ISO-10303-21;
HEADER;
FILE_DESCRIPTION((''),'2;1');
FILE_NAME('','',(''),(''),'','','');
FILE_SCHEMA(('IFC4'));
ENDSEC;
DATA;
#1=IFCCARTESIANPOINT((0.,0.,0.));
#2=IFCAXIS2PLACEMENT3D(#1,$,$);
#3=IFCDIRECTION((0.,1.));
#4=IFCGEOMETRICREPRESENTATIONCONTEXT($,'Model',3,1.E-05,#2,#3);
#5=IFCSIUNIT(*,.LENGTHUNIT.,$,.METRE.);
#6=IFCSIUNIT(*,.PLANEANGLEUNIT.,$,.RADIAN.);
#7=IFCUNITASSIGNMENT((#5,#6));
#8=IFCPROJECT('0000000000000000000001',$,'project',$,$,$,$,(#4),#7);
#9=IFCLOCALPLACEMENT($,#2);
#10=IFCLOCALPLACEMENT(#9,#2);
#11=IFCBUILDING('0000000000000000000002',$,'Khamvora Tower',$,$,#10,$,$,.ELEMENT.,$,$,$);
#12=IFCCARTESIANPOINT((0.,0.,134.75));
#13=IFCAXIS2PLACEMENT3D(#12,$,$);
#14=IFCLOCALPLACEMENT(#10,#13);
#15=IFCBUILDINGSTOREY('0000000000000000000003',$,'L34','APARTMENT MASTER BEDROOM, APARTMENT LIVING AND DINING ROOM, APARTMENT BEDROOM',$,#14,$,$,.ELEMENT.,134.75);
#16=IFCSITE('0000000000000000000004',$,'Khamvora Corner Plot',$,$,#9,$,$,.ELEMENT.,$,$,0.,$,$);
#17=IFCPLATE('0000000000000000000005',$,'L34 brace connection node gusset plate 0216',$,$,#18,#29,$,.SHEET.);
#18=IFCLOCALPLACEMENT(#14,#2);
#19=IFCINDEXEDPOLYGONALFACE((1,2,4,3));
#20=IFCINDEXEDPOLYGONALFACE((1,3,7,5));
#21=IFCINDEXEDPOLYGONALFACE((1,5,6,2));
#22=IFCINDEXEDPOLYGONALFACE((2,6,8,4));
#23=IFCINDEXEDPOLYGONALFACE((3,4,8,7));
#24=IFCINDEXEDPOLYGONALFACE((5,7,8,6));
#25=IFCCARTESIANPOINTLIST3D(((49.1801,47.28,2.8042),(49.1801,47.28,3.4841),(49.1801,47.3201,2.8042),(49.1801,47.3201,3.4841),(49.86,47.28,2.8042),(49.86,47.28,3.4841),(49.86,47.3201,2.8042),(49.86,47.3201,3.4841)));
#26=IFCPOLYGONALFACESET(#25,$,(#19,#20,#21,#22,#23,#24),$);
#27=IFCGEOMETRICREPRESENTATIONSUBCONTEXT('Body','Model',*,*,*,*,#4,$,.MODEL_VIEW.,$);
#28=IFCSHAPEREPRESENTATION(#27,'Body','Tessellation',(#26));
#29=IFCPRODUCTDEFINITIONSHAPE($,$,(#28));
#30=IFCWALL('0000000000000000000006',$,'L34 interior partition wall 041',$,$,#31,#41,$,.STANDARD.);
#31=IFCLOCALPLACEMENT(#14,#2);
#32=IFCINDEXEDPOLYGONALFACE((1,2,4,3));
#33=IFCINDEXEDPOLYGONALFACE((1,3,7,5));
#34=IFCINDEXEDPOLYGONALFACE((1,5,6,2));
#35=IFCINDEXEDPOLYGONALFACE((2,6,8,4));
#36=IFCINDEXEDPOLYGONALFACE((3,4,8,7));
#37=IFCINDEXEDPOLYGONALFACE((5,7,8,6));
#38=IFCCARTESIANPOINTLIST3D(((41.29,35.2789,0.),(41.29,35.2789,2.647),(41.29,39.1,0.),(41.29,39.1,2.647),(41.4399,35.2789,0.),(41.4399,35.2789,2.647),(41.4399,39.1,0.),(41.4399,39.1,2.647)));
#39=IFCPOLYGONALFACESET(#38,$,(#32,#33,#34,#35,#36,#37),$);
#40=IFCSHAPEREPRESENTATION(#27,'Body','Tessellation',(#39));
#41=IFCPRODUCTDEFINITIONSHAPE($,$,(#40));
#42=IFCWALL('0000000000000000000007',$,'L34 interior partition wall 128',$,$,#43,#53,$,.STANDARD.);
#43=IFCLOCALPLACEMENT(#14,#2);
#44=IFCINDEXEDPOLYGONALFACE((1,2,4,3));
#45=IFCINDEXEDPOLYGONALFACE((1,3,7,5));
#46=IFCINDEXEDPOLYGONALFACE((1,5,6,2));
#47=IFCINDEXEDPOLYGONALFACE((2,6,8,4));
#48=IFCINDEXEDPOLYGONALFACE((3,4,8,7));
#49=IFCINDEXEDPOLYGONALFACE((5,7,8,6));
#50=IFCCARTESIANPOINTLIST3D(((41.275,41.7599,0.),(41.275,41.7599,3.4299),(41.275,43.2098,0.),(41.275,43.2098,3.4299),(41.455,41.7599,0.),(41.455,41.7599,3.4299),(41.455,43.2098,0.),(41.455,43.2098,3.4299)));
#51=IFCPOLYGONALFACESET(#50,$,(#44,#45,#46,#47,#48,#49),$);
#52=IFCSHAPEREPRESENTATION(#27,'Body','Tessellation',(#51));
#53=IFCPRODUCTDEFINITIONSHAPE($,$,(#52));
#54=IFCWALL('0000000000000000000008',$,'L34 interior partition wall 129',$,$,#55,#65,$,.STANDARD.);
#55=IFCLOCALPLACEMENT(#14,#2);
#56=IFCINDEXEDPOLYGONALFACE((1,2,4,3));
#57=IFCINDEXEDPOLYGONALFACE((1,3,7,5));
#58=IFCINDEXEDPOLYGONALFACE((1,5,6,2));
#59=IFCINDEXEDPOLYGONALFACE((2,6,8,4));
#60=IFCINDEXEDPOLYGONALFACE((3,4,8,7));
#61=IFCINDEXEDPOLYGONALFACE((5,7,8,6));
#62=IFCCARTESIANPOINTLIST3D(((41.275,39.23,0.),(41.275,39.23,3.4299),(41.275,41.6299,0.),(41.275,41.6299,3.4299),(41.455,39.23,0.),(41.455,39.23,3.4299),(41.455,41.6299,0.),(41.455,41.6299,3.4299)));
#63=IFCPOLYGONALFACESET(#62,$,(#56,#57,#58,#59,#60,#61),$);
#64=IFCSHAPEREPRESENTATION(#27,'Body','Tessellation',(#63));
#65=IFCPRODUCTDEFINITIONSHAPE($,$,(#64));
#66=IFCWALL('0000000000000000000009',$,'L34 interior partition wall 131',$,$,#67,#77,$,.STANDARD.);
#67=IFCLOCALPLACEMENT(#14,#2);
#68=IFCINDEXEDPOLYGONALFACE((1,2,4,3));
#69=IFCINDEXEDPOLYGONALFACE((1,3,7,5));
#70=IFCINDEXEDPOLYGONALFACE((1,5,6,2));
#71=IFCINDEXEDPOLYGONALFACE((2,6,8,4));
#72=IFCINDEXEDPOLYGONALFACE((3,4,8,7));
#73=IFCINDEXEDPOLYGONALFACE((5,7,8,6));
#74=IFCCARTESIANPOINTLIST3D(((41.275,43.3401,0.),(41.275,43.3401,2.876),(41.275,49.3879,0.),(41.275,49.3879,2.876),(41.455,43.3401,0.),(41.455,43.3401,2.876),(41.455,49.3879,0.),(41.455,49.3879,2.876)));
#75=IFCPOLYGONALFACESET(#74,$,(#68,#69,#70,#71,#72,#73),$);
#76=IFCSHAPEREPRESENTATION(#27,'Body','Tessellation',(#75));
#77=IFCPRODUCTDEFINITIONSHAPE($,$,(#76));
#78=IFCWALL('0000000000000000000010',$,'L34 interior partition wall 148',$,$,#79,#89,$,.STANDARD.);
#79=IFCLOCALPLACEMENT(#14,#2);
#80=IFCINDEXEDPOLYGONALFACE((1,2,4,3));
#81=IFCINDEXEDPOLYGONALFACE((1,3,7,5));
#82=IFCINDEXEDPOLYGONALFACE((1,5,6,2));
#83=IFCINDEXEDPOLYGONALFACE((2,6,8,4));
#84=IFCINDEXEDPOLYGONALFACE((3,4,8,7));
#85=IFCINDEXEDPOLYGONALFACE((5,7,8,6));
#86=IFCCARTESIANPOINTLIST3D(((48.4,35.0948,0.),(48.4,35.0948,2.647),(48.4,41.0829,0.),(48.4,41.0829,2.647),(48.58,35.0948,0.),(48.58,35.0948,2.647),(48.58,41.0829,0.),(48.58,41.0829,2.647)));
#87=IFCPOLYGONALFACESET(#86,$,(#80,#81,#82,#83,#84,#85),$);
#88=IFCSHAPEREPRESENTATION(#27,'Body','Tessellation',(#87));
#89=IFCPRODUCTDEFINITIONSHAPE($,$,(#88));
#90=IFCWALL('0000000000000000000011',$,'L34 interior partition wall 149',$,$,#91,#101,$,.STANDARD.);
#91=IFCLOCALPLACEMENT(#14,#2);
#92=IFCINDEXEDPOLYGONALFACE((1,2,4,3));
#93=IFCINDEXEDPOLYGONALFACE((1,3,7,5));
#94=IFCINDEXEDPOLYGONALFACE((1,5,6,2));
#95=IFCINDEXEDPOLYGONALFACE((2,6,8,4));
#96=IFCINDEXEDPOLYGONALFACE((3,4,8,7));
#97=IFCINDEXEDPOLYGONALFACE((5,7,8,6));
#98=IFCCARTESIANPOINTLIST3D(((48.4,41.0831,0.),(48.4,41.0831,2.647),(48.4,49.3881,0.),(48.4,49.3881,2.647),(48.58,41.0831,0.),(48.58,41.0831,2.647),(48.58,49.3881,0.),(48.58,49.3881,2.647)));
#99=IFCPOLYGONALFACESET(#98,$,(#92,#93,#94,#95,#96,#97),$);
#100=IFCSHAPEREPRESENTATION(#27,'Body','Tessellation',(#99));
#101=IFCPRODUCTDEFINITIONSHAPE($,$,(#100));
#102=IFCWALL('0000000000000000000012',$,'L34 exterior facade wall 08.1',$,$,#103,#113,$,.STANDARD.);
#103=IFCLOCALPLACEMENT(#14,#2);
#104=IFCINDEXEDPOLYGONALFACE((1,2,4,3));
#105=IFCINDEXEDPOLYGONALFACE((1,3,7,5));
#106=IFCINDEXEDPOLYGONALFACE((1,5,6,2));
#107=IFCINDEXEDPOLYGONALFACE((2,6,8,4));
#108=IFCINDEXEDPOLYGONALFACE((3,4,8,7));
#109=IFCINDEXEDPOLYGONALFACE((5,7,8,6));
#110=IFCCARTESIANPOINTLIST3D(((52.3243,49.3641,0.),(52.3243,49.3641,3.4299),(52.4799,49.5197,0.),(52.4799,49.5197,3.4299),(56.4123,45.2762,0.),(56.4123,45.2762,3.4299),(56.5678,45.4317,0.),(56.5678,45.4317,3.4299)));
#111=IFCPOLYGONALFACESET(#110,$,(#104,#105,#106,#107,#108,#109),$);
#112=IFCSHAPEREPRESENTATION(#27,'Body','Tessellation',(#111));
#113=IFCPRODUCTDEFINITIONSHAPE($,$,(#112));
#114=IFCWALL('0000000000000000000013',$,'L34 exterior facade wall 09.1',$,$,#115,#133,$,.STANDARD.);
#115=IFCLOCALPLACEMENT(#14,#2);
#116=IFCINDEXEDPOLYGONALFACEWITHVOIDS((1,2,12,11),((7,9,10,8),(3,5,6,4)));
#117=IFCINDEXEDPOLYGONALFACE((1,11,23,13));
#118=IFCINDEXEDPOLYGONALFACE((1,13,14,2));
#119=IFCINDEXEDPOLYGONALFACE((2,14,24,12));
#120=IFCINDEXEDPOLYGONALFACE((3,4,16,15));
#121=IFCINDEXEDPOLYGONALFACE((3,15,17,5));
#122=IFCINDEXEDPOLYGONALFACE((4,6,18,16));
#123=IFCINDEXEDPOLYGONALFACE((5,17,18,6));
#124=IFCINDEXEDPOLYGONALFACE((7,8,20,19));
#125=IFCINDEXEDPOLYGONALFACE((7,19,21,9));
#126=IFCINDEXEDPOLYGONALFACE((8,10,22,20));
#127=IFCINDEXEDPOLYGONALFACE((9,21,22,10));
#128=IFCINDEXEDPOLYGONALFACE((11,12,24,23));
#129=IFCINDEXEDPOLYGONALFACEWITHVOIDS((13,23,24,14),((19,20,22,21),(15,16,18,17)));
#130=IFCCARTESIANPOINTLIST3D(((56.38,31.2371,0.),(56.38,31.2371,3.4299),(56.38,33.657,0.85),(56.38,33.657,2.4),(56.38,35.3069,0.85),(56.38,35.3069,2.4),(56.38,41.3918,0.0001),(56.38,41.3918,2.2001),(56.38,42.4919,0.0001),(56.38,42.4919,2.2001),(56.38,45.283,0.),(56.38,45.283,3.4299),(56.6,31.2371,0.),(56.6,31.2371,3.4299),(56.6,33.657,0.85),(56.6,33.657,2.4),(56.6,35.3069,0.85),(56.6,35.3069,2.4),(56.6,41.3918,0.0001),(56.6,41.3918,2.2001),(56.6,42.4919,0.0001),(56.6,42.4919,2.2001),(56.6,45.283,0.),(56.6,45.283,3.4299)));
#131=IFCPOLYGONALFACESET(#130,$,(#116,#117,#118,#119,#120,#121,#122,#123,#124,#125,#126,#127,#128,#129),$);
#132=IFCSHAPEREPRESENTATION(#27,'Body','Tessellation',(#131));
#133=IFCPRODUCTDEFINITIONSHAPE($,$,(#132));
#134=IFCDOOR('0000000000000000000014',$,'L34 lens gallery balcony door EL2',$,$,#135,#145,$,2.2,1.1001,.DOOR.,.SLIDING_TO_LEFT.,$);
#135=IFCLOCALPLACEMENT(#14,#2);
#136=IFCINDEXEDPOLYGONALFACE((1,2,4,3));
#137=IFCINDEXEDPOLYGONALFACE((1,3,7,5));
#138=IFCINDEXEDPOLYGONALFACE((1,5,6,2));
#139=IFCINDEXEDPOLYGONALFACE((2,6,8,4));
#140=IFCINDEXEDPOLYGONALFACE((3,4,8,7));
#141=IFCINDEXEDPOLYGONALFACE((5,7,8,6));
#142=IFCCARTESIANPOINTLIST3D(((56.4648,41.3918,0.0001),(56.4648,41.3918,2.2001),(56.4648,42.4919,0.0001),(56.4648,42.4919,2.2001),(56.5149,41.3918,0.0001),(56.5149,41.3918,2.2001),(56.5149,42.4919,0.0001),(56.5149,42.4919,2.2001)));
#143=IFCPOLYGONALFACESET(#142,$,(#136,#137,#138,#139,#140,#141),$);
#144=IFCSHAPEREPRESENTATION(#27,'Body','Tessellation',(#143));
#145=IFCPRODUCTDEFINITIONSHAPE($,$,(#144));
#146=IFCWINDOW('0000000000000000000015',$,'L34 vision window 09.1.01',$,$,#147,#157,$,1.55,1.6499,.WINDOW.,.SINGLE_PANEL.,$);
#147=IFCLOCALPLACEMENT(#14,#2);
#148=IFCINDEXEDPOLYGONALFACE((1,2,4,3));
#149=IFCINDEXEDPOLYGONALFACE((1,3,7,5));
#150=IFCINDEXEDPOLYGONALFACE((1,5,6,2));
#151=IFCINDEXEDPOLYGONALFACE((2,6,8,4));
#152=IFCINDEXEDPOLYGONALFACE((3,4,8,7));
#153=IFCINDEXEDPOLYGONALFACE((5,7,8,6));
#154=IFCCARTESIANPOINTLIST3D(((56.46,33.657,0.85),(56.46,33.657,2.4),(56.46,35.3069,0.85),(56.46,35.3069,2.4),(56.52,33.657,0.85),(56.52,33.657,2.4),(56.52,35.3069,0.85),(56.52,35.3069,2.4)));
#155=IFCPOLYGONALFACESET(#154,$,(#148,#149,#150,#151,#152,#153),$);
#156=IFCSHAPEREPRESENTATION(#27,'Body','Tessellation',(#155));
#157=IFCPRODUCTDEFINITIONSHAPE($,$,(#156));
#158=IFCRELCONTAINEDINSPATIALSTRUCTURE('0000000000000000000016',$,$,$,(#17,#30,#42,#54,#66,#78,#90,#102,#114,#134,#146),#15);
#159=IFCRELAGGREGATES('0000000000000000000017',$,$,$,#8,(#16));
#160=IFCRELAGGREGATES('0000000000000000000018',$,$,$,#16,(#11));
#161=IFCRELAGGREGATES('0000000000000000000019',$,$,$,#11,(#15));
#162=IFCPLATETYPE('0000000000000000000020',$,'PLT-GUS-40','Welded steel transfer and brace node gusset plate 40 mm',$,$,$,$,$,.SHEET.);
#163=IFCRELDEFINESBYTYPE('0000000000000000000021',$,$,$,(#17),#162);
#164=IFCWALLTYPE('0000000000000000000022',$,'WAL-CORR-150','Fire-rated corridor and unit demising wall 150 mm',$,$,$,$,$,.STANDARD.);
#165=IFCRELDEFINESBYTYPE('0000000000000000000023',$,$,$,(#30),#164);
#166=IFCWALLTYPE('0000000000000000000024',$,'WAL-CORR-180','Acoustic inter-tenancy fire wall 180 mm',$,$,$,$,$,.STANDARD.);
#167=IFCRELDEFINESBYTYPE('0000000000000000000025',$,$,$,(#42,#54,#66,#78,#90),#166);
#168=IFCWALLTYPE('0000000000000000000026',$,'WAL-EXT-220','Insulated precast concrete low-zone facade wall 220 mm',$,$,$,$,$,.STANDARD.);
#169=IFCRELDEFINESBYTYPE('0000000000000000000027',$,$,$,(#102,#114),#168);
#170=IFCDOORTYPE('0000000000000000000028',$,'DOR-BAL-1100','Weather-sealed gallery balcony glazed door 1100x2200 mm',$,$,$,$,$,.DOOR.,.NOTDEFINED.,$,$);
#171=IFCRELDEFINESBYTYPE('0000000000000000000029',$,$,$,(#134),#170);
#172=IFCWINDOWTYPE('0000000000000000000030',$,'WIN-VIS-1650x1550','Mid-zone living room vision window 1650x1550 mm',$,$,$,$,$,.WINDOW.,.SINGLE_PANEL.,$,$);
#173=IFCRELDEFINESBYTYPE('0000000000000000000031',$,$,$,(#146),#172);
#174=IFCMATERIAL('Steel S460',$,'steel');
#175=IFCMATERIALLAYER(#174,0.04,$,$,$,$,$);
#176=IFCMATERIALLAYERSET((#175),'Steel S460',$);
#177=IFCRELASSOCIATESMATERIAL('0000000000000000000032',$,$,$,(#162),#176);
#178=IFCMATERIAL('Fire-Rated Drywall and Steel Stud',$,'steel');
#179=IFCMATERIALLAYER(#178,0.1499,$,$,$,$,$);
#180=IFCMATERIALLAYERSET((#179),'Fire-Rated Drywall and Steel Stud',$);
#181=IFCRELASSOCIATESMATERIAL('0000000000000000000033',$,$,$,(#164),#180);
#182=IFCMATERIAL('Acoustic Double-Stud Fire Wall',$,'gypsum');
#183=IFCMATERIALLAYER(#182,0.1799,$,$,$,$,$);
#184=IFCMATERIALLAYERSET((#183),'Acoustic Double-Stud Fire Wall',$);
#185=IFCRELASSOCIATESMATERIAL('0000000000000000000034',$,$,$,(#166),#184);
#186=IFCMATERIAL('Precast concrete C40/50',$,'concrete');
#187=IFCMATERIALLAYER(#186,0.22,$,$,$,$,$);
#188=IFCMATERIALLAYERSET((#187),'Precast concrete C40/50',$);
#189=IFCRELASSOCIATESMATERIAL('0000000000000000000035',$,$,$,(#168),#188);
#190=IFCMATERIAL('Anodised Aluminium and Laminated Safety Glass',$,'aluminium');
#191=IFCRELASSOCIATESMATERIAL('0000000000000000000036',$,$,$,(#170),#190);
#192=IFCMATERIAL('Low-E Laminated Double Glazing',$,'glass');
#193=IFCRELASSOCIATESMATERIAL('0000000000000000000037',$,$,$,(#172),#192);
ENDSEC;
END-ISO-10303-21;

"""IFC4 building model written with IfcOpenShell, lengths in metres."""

from ifc_helpers import new_model, si_unit, direction, frame, frame_2d, origin, origin_2d, place, context, subcontext, project, spatial, rectangle, extrude, material, layer, layer_set, type_object, element, fill, save


model = new_model("IFC4")

# Units and contexts
model_context = context("Model", 3, precision=1e-05, world=origin(), true_north=direction((0.0, 1.0)))
body_context = subcontext(model_context, "Body", "Model", "MODEL_VIEW")
ifc_project = project(units=[si_unit("LENGTHUNIT", "METRE"), si_unit("PLANEANGLEUNIT", "RADIAN")], contexts=[model_context])

# Site, building, storey
site_placement = place(None, origin())
site = spatial("IfcSite", under=ifc_project, at=site_placement, Name="Khamvora Corner Plot", CompositionType="ELEMENT", RefElevation=0.0)
building_placement = place(site_placement, origin())
building = spatial("IfcBuilding", under=site, at=building_placement, Name="Khamvora Tower", CompositionType="ELEMENT")
storey_placement = place(building_placement, frame((0.0, 0.0, 134.75)))
storey = spatial("IfcBuildingStorey", under=building, at=storey_placement, Name="L34", Description="APARTMENT MASTER BEDROOM, APARTMENT LIVING AND DINING ROOM, APARTMENT BEDROOM", CompositionType="ELEMENT", Elevation=134.75)

# Plate
ifc_material_1 = material(Name="Steel S460", Category="steel")
ifc_layer_1 = layer(ifc_material_1, 0.04)
ifc_layer_set_1 = layer_set([ifc_layer_1], Name="Steel S460")
plate_type_1 = type_object("IfcPlateType", Name="PLT-GUS-40", Description="Welded steel transfer and brace node gusset plate 40 mm", PredefinedType="SHEET", material=ifc_layer_set_1)
plate_1_placement = place(storey_placement, frame((49.52, 47.3, 2.8042), z_axis=(0.0, 0.0, 1.0), x_axis=(1.0, 0.0, 0.0)))
element("IfcPlate", 1, at=plate_1_placement, inside=storey, type_object=plate_type_1, Name="L34 brace connection node gusset plate 0216", PredefinedType="SHEET", context=body_context, shape_type="SweptSolid", body=[
    extrude(rectangle(XDim=0.6799, YDim=0.04, at=origin_2d()), origin(), (0.0, 0.0, 1.0), 0.6799),
])

# Walls
ifc_material_2 = material(Name="Fire-Rated Drywall and Steel Stud", Category="steel")
ifc_layer_2 = layer(ifc_material_2, 0.1499)
ifc_layer_set_2 = layer_set([ifc_layer_2], Name="Fire-Rated Drywall and Steel Stud")
wall_type_1 = type_object("IfcWallType", Name="WAL-CORR-150", Description="Fire-rated corridor and unit demising wall 150 mm", PredefinedType="STANDARD", material=ifc_layer_set_2)
wall_1_placement = place(storey_placement, frame((41.365, 39.1001, 0.0), z_axis=(0.0, 0.0, 1.0), x_axis=(0.0, -1.0, 0.0)))
element("IfcWall", 2, at=wall_1_placement, inside=storey, type_object=wall_type_1, Name="L34 interior partition wall 041", PredefinedType="STANDARD", context=body_context, shape_type="SweptSolid", body=[
    extrude(rectangle(XDim=3.821, YDim=0.1499, at=frame_2d((1.9106, 0.0))), origin(), (0.0, 0.0, 1.0), 2.647),
])
ifc_material_3 = material(Name="Acoustic Double-Stud Fire Wall", Category="gypsum")
ifc_layer_3 = layer(ifc_material_3, 0.1799)
ifc_layer_set_3 = layer_set([ifc_layer_3], Name="Acoustic Double-Stud Fire Wall")
wall_type_2 = type_object("IfcWallType", Name="WAL-CORR-180", Description="Acoustic inter-tenancy fire wall 180 mm", PredefinedType="STANDARD", material=ifc_layer_set_3)
wall_2_placement = place(storey_placement, frame((41.365, 43.21, 0.0), z_axis=(0.0, 0.0, 1.0), x_axis=(0.0, -1.0, 0.0)))
element("IfcWall", 3, at=wall_2_placement, inside=storey, type_object=wall_type_2, Name="L34 interior partition wall 128", PredefinedType="STANDARD", context=body_context, shape_type="SweptSolid", body=[
    extrude(rectangle(XDim=1.45, YDim=0.1799, at=frame_2d((0.7251, 0.0))), origin(), (0.0, 0.0, 1.0), 3.4299),
])
wall_3_placement = place(storey_placement, frame((41.365, 41.6299, 0.0), z_axis=(0.0, 0.0, 1.0), x_axis=(0.0, -1.0, 0.0)))
element("IfcWall", 4, at=wall_3_placement, inside=storey, type_object=wall_type_2, Name="L34 interior partition wall 129", PredefinedType="STANDARD", context=body_context, shape_type="SweptSolid", body=[
    extrude(rectangle(XDim=2.3999, YDim=0.1799, at=frame_2d((1.2, 0.0))), origin(), (0.0, 0.0, 1.0), 3.4299),
])
wall_4_placement = place(storey_placement, frame((41.365, 49.3879, 0.0), z_axis=(0.0, 0.0, 1.0), x_axis=(0.0, -1.0, 0.0)))
element("IfcWall", 5, at=wall_4_placement, inside=storey, type_object=wall_type_2, Name="L34 interior partition wall 131", PredefinedType="STANDARD", context=body_context, shape_type="SweptSolid", body=[
    extrude(rectangle(XDim=6.0479, YDim=0.1799, at=frame_2d((3.0239, 0.0))), origin(), (0.0, 0.0, 1.0), 2.876),
])
wall_5_placement = place(storey_placement, frame((48.49, 41.083, 0.0), z_axis=(0.0, 0.0, 1.0), x_axis=(0.0, -1.0, 0.0)))
element("IfcWall", 6, at=wall_5_placement, inside=storey, type_object=wall_type_2, Name="L34 interior partition wall 148", PredefinedType="STANDARD", context=body_context, shape_type="SweptSolid", body=[
    extrude(rectangle(XDim=5.988, YDim=0.1799, at=frame_2d((2.9941, 0.0))), origin(), (0.0, 0.0, 1.0), 2.647),
])
wall_6_placement = place(storey_placement, frame((48.49, 49.3879, 0.0), z_axis=(0.0, 0.0, 1.0), x_axis=(0.0, -1.0, 0.0)))
element("IfcWall", 7, at=wall_6_placement, inside=storey, type_object=wall_type_2, Name="L34 interior partition wall 149", PredefinedType="STANDARD", context=body_context, shape_type="SweptSolid", body=[
    extrude(rectangle(XDim=8.3049, YDim=0.1799, at=frame_2d((4.1523, 0.0))), origin(), (0.0, 0.0, 1.0), 2.647),
])
ifc_material_4 = material(Name="Precast concrete C40/50", Category="concrete")
ifc_layer_4 = layer(ifc_material_4, 0.22)
ifc_layer_set_4 = layer_set([ifc_layer_4], Name="Precast concrete C40/50")
wall_type_3 = type_object("IfcWallType", Name="WAL-EXT-220", Description="Insulated precast concrete low-zone facade wall 220 mm", PredefinedType="STANDARD", material=ifc_layer_set_4)
wall_7_placement = place(storey_placement, frame((52.4021, 49.4419, 0.0), z_axis=(0.0, 0.0, 1.0), x_axis=(0.707107, -0.707107, 0.0)))
element("IfcWall", 8, at=wall_7_placement, inside=storey, type_object=wall_type_3, Name="L34 exterior facade wall 08.1", PredefinedType="STANDARD", context=body_context, shape_type="SweptSolid", body=[
    extrude(rectangle(XDim=5.7812, YDim=0.22, at=frame_2d((2.8906, 0.0))), origin(), (0.0, 0.0, 1.0), 3.4299),
])

# Wall, openings, door, window
wall_8_placement = place(storey_placement, frame((56.49, 45.283, 0.0), z_axis=(0.0, 0.0, 1.0), x_axis=(0.0, -1.0, 0.0)))
wall_8 = element("IfcWall", 9, at=wall_8_placement, inside=storey, type_object=wall_type_3, Name="L34 exterior facade wall 09.1", PredefinedType="STANDARD", context=body_context, shape_type="SweptSolid", body=[
    extrude(rectangle(XDim=14.0459, YDim=0.22, at=frame_2d((7.0229, 0.0))), origin(), (0.0, 0.0, 1.0), 3.4299),
])
opening_1_placement = place(wall_8_placement, frame((2.791, 0.0, 0.0)))
opening_1 = element("IfcOpeningElement", 10, at=opening_1_placement, cuts=wall_8, PredefinedType="OPENING", context=body_context, shape_type="SweptSolid", body=[
    extrude(rectangle(XDim=1.1001, YDim=2.2, at=frame_2d((0.55, 1.1001))), frame((0.0, 0.1199, 0.0), z_axis=(0.0, -1.0, 0.0), x_axis=(1.0, 0.0, 0.0)), (0.0, 0.0, 1.0), 0.24),
])
opening_2_placement = place(wall_8_placement, frame((9.9761, 0.0, 0.8501)))
opening_2 = element("IfcOpeningElement", 11, at=opening_2_placement, cuts=wall_8, PredefinedType="OPENING", context=body_context, shape_type="SweptSolid", body=[
    extrude(rectangle(XDim=1.6499, YDim=1.55, at=frame_2d((0.825, 0.7749))), frame((0.0, 0.1199, 0.0), z_axis=(0.0, -1.0, 0.0), x_axis=(1.0, 0.0, 0.0)), (0.0, 0.0, 1.0), 0.24),
])
ifc_material_5 = material(Name="Anodised Aluminium and Laminated Safety Glass", Category="aluminium")
door_type_1 = type_object("IfcDoorType", Name="DOR-BAL-1100", Description="Weather-sealed gallery balcony glazed door 1100x2200 mm", OperationType="NOTDEFINED", PredefinedType="DOOR", material=ifc_material_5)
door_1_placement = place(opening_1_placement, origin())
door_1 = element("IfcDoor", 12, at=door_1_placement, inside=storey, type_object=door_type_1, Name="L34 lens gallery balcony door EL2", OperationType="SLIDING_TO_LEFT", OverallHeight=2.2, OverallWidth=1.1001, PredefinedType="DOOR", context=body_context, shape_type="SweptSolid", body=[
    extrude(rectangle(XDim=1.1001, YDim=2.2, at=frame_2d((0.55, 1.1001))), frame((0.0, 0.0249, 0.0), z_axis=(0.0, -1.0, 0.0), x_axis=(1.0, 0.0, 0.0)), (0.0, 0.0, 1.0), 0.05),
])
fill(opening_1, door_1)
ifc_material_6 = material(Name="Low-E Laminated Double Glazing", Category="glass")
window_type = type_object("IfcWindowType", Name="WIN-VIS-1650x1550", Description="Mid-zone living room vision window 1650x1550 mm", PartitioningType="SINGLE_PANEL", PredefinedType="WINDOW", material=ifc_material_6)
window_placement = place(opening_2_placement, origin())
window = element("IfcWindow", 13, at=window_placement, inside=storey, type_object=window_type, Name="L34 vision window 09.1.01", OverallHeight=1.55, OverallWidth=1.6499, PartitioningType="SINGLE_PANEL", PredefinedType="WINDOW", context=body_context, shape_type="SweptSolid", body=[
    extrude(rectangle(XDim=1.6499, YDim=1.55, at=frame_2d((0.825, 0.7749))), frame((0.0, 0.03, 0.0), z_axis=(0.0, -1.0, 0.0), x_axis=(1.0, 0.0, 0.0)), (0.0, 0.0, 1.0), 0.0601),
])
fill(opening_2, window)

save(model, "model.ifc")
